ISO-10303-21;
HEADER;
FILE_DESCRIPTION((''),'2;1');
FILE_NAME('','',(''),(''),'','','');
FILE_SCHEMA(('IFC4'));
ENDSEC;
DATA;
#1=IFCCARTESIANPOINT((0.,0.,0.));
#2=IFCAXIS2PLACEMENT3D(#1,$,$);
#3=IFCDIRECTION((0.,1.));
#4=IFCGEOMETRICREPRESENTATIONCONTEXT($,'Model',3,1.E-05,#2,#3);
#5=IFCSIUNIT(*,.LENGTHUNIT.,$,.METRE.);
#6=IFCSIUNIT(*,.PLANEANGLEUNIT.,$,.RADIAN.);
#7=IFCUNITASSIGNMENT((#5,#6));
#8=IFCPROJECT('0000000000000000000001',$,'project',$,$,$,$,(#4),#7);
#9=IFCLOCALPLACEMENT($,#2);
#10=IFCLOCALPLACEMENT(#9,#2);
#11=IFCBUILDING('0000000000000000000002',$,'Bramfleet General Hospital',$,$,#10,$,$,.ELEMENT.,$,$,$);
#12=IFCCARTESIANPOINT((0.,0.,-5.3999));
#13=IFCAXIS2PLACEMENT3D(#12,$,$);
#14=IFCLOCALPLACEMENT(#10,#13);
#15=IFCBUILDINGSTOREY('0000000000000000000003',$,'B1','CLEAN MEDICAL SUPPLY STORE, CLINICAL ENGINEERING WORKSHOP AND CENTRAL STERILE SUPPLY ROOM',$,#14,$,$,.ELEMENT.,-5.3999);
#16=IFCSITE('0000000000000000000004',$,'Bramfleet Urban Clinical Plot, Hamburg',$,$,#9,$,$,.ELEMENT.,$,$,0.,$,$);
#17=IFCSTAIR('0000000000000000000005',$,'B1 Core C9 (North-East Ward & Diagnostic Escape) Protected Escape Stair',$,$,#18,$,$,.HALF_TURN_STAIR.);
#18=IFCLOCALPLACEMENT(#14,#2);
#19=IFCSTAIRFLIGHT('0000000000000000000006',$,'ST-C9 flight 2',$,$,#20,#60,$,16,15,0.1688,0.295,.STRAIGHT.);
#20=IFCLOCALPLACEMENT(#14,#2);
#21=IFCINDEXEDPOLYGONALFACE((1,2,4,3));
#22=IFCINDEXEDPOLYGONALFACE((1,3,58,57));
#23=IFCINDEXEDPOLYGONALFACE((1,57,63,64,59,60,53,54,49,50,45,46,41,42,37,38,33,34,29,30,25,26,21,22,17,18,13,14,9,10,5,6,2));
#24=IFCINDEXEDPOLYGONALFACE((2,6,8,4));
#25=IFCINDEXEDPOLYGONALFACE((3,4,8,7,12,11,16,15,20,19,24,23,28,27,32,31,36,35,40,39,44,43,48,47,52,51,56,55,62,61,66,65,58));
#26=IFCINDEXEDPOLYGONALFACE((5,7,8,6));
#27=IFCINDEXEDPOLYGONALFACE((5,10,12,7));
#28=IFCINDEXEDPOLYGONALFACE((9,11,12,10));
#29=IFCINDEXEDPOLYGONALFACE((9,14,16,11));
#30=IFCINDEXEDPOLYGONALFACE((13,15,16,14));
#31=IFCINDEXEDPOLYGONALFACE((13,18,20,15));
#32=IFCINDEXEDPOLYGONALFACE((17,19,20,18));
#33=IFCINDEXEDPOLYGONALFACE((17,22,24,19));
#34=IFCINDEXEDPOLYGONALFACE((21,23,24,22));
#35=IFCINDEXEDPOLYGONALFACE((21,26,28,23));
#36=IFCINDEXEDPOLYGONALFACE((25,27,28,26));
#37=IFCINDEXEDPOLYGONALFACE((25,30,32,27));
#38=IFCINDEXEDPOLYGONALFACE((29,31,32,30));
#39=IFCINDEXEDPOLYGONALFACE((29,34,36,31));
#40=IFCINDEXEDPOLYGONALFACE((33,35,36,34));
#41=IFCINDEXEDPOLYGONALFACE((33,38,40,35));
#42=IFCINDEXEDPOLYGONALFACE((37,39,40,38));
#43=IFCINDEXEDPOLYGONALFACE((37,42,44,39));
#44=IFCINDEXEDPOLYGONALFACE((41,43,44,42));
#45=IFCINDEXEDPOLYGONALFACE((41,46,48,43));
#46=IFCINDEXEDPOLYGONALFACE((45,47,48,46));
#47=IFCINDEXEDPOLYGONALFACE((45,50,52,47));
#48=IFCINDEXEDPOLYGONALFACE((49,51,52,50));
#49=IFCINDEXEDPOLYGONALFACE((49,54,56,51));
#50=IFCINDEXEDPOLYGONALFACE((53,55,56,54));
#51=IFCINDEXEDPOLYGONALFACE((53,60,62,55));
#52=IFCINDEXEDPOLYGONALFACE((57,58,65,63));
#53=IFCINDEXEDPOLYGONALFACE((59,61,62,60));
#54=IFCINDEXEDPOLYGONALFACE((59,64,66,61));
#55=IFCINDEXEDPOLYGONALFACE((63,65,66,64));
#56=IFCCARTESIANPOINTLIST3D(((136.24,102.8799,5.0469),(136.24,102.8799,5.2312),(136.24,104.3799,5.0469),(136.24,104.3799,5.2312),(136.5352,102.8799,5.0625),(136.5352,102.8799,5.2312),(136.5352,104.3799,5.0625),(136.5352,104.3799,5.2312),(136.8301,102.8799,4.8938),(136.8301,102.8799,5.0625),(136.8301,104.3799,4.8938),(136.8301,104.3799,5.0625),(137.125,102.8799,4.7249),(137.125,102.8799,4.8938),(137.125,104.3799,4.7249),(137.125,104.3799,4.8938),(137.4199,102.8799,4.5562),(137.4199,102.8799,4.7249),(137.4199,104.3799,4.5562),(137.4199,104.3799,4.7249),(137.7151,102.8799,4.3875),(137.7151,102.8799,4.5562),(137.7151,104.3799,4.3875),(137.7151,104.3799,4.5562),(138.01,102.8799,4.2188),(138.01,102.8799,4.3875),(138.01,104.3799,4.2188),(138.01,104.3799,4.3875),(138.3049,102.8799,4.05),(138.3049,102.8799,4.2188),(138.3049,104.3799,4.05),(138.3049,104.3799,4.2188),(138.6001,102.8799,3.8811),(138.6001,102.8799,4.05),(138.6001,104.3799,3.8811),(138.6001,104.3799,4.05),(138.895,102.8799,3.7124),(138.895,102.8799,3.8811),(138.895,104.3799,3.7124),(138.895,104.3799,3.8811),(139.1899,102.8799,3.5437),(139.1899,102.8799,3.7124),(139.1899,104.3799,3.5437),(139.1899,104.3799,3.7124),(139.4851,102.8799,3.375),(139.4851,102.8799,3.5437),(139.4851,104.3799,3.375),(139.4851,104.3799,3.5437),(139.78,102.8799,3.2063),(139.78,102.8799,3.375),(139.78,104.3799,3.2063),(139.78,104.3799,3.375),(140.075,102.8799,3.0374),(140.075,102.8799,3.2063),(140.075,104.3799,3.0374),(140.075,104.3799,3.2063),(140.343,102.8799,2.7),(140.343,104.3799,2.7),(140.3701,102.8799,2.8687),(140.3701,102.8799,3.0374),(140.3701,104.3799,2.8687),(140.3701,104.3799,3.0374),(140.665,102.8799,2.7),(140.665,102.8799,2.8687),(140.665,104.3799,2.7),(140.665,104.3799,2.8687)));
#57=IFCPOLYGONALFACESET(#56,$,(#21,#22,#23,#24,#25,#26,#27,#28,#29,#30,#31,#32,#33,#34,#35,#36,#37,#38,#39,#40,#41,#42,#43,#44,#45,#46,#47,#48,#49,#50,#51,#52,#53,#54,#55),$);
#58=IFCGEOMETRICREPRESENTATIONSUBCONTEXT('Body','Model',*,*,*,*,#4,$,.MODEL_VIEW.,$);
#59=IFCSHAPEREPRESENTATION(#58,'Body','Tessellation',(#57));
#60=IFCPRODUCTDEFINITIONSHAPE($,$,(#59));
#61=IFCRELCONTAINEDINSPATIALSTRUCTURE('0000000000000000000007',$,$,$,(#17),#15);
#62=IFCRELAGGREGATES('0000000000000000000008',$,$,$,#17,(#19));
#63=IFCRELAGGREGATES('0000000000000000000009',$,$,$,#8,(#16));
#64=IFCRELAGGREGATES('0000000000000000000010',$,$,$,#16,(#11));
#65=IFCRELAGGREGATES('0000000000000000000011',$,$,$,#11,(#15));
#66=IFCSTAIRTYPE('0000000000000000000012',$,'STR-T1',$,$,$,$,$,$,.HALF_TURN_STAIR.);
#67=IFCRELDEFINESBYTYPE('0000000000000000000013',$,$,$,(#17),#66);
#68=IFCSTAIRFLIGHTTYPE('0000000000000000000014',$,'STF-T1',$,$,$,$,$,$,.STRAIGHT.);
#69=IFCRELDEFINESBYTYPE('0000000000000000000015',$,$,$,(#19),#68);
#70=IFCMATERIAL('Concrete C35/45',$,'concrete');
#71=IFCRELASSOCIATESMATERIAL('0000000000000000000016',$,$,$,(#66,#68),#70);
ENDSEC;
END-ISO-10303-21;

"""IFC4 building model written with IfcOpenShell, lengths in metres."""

from ifc_helpers import new_model, si_unit, direction, frame, origin, place, context, subcontext, project, spatial, polyline, outline, extrude, material, type_object, element, aggregate, save


model = new_model("IFC4")

# Units and contexts
model_context = context("Model", 3, precision=1e-05, world=origin(), true_north=direction((0.0, 1.0)))
body_context = subcontext(model_context, "Body", "Model", "MODEL_VIEW")
ifc_project = project(units=[si_unit("LENGTHUNIT", "METRE"), si_unit("PLANEANGLEUNIT", "RADIAN")], contexts=[model_context])

# Site, building, storey
site_placement = place(None, origin())
site = spatial("IfcSite", under=ifc_project, at=site_placement, Name="Bramfleet Urban Clinical Plot, Hamburg", CompositionType="ELEMENT", RefElevation=0.0)
building_placement = place(site_placement, origin())
building = spatial("IfcBuilding", under=site, at=building_placement, Name="Bramfleet General Hospital", CompositionType="ELEMENT")
storey_placement = place(building_placement, frame((0.0, 0.0, -5.3999)))
storey = spatial("IfcBuildingStorey", under=building, at=storey_placement, Name="B1", Description="CLEAN MEDICAL SUPPLY STORE, CLINICAL ENGINEERING WORKSHOP AND CENTRAL STERILE SUPPLY ROOM", CompositionType="ELEMENT", Elevation=-5.3999)

# Shared definitions
ifc_material_1 = material(Name="Concrete C35/45", Category="concrete")

# Stair, stair flight
stair_type = type_object("IfcStairType", Name="STR-T1", PredefinedType="HALF_TURN_STAIR", material=ifc_material_1)
stair_placement = place(storey_placement, origin())
stair = element("IfcStair", 1, at=stair_placement, inside=storey, type_object=stair_type, Name="B1 Core C9 (North-East Ward & Diagnostic Escape) Protected Escape Stair", PredefinedType="HALF_TURN_STAIR")
stair_flight_type = type_object("IfcStairFlightType", Name="STF-T1", PredefinedType="STRAIGHT", material=ifc_material_1)
stair_flight_placement = place(storey_placement, frame((140.665, 103.6299, 2.7), z_axis=(0.0, 0.0, 1.0), x_axis=(-1.0, 0.0, 0.0)))
stair_flight = element("IfcStairFlight", 2, at=stair_flight_placement, type_object=stair_flight_type, Name="ST-C9 flight 2", NumberOfRisers=16, NumberOfTreads=15, PredefinedType="STRAIGHT", RiserHeight=0.1688, TreadLength=0.295, context=body_context, shape_type="SweptSolid", body=[
    extrude(outline(polyline([(0.0, 0.0), (0.0, 0.1687), (0.2949, 0.1687), (0.2949, 0.3374), (0.5901, 0.3374), (0.5901, 0.5063), (0.885, 0.5063), (0.885, 0.675), (1.1799, 0.675), (1.1799, 0.8438), (1.4751, 0.8438), (1.4751, 1.0125), (1.77, 1.0125), (1.77, 1.1812), (2.0649, 1.1812), (2.0649, 1.3501), (2.3601, 1.3501), (2.3601, 1.5188), (2.655, 1.5188), (2.655, 1.6875), (2.95, 1.6875), (2.95, 1.8562), (3.2451, 1.8562), (3.2451, 2.0249), (3.54, 2.0249), (3.54, 2.1938), (3.835, 2.1938), (3.835, 2.3625), (4.1299, 2.3625), (4.1299, 2.5312), (4.425, 2.5312), (4.425, 2.7), (4.425, 2.3469), (0.322, 0.0), (0.0, 0.0)])), frame((0.0, 0.75, 0.0), z_axis=(0.0, -1.0, 0.0), x_axis=(1.0, 0.0, 0.0)), (0.0, 0.0, 1.0), 1.5),
])
aggregate(stair, [stair_flight])

save(model, "model.ifc")
